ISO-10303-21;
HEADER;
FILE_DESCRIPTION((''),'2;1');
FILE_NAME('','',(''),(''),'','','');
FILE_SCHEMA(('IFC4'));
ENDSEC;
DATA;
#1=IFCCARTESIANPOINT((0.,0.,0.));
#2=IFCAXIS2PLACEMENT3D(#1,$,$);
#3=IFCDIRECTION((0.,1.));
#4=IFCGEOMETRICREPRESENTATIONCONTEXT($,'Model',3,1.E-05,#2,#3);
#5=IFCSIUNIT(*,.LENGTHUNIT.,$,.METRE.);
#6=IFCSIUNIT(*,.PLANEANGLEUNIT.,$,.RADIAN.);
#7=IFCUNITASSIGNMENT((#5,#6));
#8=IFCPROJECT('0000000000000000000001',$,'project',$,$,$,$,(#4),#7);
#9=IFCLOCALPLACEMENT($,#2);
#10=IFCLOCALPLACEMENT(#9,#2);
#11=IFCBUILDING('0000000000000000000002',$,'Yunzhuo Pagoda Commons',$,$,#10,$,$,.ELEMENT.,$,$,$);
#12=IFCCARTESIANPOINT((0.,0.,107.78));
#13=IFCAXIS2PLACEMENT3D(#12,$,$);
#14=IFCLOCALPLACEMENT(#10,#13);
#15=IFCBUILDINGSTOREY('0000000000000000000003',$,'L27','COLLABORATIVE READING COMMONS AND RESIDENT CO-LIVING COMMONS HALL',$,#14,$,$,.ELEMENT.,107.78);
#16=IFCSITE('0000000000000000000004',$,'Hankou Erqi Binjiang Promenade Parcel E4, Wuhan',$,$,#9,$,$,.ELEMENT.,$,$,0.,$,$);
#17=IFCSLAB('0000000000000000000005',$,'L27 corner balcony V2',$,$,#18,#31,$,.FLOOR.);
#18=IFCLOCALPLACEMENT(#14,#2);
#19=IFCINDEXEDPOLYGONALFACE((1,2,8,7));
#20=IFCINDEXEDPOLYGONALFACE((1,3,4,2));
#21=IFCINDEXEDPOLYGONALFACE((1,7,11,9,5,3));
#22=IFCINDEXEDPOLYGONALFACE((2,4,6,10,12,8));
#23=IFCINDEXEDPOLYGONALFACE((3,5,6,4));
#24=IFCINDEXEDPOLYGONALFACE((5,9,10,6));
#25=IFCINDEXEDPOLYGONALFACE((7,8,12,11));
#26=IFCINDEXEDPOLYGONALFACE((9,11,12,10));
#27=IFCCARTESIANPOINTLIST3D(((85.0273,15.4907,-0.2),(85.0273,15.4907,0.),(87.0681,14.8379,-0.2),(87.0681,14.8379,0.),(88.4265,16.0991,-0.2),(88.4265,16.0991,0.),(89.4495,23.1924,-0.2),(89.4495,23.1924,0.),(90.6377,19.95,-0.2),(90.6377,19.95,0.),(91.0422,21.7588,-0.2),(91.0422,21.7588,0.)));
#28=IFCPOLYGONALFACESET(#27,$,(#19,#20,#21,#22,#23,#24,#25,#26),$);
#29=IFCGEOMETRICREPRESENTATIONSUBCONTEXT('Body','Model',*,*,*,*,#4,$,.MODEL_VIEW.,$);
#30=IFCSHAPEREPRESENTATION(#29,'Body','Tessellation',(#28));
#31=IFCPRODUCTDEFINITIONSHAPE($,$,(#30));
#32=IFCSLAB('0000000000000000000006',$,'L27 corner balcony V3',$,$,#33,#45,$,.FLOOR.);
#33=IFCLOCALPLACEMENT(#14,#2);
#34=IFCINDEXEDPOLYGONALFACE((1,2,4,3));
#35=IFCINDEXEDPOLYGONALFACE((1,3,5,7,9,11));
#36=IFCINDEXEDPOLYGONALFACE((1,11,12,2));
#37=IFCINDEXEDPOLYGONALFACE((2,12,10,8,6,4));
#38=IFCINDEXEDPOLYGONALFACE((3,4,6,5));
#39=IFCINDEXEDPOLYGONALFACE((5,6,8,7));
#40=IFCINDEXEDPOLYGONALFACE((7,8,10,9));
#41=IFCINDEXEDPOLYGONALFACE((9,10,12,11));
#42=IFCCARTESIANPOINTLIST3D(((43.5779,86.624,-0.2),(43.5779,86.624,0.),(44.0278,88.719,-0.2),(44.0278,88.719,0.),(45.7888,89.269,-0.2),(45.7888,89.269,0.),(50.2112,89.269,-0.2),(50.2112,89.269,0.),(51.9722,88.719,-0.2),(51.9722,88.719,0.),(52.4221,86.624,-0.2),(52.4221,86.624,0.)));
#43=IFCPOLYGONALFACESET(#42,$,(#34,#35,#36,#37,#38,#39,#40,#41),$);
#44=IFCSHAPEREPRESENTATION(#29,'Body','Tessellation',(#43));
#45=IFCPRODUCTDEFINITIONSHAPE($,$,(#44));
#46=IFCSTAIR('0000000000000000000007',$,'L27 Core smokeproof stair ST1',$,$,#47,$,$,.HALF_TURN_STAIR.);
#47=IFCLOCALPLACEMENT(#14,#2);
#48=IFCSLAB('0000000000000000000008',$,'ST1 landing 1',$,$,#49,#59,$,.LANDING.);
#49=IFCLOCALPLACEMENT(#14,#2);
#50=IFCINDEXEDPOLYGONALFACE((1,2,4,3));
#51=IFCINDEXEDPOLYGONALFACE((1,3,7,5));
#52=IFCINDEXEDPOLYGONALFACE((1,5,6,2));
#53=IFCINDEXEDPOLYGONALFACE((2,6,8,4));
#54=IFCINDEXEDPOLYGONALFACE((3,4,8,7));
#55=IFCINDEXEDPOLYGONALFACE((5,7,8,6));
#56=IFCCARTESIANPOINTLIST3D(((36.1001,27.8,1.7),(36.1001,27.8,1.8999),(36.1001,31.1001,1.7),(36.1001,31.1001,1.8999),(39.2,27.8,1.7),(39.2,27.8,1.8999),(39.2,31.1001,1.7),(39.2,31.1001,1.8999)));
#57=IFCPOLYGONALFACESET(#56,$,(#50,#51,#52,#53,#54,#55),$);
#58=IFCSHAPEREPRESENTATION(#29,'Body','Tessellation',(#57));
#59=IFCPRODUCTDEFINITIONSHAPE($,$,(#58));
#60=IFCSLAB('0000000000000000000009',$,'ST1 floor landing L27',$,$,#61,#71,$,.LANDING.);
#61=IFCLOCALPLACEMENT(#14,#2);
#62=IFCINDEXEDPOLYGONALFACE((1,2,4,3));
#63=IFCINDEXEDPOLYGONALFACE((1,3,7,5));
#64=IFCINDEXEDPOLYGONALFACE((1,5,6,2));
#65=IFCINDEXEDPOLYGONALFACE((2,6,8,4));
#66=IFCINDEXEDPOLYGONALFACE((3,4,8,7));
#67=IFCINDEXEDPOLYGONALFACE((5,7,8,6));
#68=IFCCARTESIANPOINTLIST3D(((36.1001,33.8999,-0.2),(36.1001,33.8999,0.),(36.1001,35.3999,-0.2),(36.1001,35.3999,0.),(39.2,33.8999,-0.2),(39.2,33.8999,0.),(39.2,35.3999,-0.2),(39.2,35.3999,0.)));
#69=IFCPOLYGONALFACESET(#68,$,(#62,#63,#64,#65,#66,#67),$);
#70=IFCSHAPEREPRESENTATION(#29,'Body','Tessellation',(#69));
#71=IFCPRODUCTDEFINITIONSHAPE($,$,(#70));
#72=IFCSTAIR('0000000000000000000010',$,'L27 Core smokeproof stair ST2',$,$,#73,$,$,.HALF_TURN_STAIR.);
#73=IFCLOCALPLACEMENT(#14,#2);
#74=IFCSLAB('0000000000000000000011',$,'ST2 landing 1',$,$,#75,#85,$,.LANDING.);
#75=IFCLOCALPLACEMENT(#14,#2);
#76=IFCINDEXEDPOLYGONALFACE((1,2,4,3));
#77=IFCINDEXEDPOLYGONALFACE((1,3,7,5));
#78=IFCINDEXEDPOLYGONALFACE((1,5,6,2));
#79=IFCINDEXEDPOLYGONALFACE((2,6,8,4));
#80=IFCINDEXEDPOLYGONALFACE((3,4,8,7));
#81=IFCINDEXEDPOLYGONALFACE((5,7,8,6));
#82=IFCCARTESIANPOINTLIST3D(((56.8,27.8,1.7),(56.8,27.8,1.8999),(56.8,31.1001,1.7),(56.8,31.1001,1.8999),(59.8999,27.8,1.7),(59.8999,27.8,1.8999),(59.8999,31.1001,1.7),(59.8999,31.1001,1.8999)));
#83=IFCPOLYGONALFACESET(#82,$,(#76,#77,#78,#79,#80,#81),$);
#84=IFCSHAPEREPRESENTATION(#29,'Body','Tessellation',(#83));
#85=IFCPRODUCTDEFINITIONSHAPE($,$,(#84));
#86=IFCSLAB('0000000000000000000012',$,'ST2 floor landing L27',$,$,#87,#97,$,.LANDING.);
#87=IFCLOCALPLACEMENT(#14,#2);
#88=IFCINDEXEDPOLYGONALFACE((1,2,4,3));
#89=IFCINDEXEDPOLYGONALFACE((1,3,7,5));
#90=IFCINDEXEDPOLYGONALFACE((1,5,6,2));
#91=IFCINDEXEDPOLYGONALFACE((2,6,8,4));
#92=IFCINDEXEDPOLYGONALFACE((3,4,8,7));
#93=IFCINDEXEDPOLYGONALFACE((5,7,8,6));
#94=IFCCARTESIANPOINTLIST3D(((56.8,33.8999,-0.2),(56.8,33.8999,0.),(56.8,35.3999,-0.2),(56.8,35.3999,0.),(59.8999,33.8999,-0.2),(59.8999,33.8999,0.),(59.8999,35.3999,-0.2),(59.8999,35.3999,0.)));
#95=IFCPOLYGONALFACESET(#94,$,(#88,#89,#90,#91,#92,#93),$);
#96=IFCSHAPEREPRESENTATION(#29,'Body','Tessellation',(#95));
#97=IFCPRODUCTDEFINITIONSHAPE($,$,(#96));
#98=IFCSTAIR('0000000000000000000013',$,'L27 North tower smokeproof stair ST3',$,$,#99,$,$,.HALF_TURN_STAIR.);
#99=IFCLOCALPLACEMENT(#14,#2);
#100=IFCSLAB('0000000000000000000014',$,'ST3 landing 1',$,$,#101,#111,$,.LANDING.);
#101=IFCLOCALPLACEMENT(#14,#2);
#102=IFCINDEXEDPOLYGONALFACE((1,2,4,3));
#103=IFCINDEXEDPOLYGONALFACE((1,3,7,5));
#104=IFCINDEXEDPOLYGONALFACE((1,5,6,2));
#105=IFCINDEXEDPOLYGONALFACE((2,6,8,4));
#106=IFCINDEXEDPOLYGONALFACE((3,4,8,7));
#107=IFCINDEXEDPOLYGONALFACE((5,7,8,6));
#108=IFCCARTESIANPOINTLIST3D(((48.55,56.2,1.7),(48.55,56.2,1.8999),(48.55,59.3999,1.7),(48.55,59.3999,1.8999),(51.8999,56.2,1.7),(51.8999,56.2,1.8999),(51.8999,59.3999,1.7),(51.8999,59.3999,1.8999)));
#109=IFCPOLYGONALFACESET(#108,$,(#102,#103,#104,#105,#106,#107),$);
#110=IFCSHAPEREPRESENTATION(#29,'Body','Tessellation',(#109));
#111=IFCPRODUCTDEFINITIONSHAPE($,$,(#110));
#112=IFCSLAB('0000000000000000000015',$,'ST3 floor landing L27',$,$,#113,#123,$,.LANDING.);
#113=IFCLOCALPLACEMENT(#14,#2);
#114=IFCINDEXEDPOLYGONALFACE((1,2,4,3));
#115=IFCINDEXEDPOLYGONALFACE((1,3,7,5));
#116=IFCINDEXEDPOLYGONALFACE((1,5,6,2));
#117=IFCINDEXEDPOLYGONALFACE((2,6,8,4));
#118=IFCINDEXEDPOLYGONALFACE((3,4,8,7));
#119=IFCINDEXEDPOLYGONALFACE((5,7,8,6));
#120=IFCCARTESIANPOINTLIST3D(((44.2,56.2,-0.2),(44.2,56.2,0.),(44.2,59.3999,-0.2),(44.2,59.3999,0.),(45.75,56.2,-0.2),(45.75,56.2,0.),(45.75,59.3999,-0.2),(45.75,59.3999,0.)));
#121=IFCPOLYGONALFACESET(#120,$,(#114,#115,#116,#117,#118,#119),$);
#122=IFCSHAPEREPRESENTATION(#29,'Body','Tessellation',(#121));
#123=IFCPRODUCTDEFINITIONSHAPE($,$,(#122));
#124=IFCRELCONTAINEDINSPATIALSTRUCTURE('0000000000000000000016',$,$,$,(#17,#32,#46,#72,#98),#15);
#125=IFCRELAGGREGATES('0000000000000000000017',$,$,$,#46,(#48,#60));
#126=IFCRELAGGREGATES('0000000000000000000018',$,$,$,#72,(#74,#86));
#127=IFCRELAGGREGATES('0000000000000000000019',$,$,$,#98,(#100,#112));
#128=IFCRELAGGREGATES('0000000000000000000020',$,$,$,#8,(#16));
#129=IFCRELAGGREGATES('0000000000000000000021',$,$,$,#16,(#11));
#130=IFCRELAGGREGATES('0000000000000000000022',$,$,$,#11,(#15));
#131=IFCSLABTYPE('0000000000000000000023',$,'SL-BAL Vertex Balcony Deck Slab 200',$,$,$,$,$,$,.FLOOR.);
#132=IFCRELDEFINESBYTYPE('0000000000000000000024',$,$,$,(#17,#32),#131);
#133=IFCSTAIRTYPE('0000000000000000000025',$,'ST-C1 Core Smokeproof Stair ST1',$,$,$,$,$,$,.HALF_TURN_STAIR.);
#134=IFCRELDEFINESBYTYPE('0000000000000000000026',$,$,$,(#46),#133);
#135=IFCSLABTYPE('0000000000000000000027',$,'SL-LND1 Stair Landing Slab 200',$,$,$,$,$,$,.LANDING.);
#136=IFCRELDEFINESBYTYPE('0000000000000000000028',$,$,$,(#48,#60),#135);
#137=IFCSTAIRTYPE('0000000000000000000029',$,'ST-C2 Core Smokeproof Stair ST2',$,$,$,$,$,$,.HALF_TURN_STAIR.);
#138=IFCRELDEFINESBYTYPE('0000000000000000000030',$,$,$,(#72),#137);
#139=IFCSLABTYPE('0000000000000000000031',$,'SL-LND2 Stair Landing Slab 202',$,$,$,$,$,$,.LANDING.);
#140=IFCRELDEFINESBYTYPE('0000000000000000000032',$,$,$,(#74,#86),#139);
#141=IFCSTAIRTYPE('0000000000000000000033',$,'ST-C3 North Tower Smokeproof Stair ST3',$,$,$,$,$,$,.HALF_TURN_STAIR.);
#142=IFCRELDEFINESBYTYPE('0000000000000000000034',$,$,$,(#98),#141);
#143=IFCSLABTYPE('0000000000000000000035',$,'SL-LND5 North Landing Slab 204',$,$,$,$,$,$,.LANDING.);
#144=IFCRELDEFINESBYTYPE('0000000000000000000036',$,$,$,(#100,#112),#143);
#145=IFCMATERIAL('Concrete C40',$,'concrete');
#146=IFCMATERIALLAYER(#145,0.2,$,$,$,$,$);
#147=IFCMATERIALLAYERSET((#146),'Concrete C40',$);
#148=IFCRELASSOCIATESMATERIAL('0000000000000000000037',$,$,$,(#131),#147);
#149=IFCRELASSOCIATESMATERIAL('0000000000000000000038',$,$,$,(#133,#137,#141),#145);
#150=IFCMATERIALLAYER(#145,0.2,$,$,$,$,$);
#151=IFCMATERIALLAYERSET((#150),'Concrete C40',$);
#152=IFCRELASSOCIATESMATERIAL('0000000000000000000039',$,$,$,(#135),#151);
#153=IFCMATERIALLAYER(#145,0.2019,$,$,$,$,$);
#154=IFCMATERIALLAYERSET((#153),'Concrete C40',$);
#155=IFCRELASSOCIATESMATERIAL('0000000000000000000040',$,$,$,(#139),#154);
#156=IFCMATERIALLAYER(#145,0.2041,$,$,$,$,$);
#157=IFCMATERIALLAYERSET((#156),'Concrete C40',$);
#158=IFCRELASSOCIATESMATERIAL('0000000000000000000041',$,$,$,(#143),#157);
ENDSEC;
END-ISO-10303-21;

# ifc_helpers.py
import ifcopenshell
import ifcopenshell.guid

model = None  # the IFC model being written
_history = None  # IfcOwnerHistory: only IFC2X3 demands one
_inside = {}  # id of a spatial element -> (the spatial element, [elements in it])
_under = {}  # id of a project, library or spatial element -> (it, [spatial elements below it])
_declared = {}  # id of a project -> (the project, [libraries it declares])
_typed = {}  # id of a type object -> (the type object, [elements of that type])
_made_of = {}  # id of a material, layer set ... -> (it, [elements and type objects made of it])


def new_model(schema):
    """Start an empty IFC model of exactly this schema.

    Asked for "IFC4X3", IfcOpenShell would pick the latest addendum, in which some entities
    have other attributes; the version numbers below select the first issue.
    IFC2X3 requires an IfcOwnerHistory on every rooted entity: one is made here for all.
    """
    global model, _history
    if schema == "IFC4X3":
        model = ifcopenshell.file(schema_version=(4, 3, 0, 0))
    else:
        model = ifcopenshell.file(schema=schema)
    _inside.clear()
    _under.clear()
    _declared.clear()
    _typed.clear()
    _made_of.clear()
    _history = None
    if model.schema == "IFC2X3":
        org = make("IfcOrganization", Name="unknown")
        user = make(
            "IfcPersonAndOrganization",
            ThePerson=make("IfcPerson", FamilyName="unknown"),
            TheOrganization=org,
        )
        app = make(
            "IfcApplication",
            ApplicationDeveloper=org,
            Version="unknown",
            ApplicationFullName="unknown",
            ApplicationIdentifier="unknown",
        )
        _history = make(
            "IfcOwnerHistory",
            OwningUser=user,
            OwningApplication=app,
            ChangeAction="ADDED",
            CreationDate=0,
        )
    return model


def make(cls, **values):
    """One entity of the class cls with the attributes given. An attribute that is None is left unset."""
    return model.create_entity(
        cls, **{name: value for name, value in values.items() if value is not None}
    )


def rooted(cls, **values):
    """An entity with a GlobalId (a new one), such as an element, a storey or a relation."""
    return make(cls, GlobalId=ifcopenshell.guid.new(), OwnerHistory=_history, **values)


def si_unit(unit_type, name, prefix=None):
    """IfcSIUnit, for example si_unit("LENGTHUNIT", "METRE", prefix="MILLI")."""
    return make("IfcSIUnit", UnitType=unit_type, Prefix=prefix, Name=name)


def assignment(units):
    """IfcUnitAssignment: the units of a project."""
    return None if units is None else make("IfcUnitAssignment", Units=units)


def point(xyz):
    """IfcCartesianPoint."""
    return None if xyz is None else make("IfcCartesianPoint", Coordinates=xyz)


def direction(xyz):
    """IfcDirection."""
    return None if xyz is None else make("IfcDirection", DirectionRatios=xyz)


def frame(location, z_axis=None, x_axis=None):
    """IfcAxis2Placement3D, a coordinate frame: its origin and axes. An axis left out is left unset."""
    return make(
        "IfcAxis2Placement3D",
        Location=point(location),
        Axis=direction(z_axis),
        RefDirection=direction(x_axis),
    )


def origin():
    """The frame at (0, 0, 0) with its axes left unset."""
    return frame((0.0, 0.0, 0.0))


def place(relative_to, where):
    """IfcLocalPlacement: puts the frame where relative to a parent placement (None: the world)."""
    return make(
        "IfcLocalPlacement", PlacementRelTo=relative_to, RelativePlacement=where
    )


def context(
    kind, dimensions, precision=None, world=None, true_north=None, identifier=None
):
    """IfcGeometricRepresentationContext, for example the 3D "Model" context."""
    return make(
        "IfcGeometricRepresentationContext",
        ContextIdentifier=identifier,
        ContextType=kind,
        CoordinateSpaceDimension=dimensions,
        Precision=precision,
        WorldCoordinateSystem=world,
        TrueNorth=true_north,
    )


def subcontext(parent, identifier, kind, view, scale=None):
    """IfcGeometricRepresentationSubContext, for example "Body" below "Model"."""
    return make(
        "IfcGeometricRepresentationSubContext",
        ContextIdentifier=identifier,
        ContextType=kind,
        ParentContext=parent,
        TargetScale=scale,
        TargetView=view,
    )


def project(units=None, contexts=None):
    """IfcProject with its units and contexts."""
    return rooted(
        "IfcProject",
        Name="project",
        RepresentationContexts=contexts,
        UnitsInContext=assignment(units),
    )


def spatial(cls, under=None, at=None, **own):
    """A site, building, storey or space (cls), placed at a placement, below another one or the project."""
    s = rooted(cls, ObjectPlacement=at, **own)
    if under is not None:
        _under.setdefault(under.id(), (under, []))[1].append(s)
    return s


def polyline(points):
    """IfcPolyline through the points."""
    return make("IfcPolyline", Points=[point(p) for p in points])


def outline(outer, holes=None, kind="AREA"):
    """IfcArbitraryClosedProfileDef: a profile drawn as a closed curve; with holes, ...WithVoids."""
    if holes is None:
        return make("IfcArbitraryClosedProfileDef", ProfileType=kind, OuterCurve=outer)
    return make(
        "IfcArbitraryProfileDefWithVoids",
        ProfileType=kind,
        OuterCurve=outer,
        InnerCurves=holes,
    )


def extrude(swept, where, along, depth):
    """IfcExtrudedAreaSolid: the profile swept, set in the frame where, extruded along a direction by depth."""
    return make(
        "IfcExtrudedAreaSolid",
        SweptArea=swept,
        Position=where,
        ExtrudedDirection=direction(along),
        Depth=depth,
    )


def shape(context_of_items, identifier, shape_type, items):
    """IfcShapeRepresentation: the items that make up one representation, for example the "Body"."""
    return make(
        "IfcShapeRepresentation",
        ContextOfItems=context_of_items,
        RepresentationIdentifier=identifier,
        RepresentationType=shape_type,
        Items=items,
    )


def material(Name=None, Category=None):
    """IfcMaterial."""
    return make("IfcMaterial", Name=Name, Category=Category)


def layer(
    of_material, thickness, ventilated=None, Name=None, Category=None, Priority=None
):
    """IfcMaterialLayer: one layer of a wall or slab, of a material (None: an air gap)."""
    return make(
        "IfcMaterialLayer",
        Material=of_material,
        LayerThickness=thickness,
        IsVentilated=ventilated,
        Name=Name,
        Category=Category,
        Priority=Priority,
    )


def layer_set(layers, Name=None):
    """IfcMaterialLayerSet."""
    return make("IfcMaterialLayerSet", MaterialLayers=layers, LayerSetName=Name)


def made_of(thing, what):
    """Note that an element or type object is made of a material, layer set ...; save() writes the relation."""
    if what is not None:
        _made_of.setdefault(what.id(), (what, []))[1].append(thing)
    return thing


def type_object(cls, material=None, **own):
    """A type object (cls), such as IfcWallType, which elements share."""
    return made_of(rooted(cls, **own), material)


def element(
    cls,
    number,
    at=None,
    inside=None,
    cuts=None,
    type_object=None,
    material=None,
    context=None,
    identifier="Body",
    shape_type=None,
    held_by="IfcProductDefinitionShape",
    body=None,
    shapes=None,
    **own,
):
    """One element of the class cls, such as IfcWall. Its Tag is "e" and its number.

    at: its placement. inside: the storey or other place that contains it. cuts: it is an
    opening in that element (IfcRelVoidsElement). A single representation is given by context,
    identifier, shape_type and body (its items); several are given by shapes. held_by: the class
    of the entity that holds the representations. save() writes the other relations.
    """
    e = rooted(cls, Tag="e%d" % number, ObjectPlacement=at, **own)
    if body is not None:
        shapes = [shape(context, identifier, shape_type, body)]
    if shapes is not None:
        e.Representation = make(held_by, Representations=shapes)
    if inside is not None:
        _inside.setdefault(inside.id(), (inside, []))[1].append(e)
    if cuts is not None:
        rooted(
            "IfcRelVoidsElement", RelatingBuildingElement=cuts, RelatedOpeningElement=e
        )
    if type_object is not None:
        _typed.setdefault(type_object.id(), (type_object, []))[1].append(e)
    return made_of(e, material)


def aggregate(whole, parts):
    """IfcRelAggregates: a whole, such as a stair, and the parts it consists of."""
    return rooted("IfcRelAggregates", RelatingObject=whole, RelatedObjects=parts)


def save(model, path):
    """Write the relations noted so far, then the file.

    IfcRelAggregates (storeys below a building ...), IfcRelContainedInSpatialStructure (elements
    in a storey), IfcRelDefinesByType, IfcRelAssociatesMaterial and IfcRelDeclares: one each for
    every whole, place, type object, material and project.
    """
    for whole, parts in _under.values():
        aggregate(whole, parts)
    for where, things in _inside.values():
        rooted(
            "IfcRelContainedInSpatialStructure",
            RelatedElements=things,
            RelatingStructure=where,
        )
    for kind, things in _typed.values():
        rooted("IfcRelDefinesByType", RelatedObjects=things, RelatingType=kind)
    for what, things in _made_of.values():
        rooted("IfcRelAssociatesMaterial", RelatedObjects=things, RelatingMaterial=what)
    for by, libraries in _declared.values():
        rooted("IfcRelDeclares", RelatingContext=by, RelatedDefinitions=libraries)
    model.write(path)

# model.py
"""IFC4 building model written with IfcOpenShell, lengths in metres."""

from ifc_helpers import new_model, si_unit, direction, frame, origin, place, context, subcontext, project, spatial, polyline, outline, extrude, material, layer, layer_set, type_object, element, aggregate, save


model = new_model("IFC4")

# Units and contexts
model_context = context("Model", 3, precision=1e-05, world=origin(), true_north=direction((0.0, 1.0)))
body_context = subcontext(model_context, "Body", "Model", "MODEL_VIEW")
ifc_project = project(units=[si_unit("LENGTHUNIT", "METRE"), si_unit("PLANEANGLEUNIT", "RADIAN")], contexts=[model_context])

# Site, building, storey
site_placement = place(None, origin())
site = spatial("IfcSite", under=ifc_project, at=site_placement, Name="Hankou Erqi Binjiang Promenade Parcel E4, Wuhan", CompositionType="ELEMENT", RefElevation=0.0)
building_placement = place(site_placement, origin())
building = spatial("IfcBuilding", under=site, at=building_placement, Name="Yunzhuo Pagoda Commons", CompositionType="ELEMENT")
storey_placement = place(building_placement, frame((0.0, 0.0, 107.78)))
storey = spatial("IfcBuildingStorey", under=building, at=storey_placement, Name="L27", Description="COLLABORATIVE READING COMMONS AND RESIDENT CO-LIVING COMMONS HALL", CompositionType="ELEMENT", Elevation=107.78)

# Slabs
ifc_material_1 = material(Name="Concrete C40", Category="concrete")
ifc_layer_1 = layer(ifc_material_1, 0.2)
ifc_layer_set_1 = layer_set([ifc_layer_1], Name="Concrete C40")
slab_type_1 = type_object("IfcSlabType", Name="SL-BAL Vertex Balcony Deck Slab 200", PredefinedType="FLOOR", material=ifc_layer_set_1)
slab_1_placement = place(storey_placement, frame((0.0, 0.0, -0.2)))
element("IfcSlab", 1, at=slab_1_placement, inside=storey, type_object=slab_type_1, Name="L27 corner balcony V2", PredefinedType="FLOOR", context=body_context, shape_type="SweptSolid", body=[
    extrude(outline(polyline([(85.0273, 15.4907), (89.4495, 23.1924), (91.0422, 21.7588), (90.6377, 19.95), (88.4265, 16.0991), (87.0681, 14.8379), (85.0273, 15.4907)])), origin(), (0.0, 0.0, 1.0), 0.2),
])
slab_2_placement = place(storey_placement, frame((0.0, 0.0, -0.2)))
element("IfcSlab", 2, at=slab_2_placement, inside=storey, type_object=slab_type_1, Name="L27 corner balcony V3", PredefinedType="FLOOR", context=body_context, shape_type="SweptSolid", body=[
    extrude(outline(polyline([(52.4221, 86.624), (43.5779, 86.624), (44.0278, 88.719), (45.7888, 89.269), (50.2112, 89.269), (51.9722, 88.719), (52.4221, 86.624)])), origin(), (0.0, 0.0, 1.0), 0.2),
])

# Stairs, slabs
stair_type_1 = type_object("IfcStairType", Name="ST-C1 Core Smokeproof Stair ST1", PredefinedType="HALF_TURN_STAIR", material=ifc_material_1)
stair_1_placement = place(storey_placement, origin())
stair_1 = element("IfcStair", 3, at=stair_1_placement, inside=storey, type_object=stair_type_1, Name="L27 Core smokeproof stair ST1", PredefinedType="HALF_TURN_STAIR")
ifc_layer_2 = layer(ifc_material_1, 0.2)
ifc_layer_set_2 = layer_set([ifc_layer_2], Name="Concrete C40")
slab_type_2 = type_object("IfcSlabType", Name="SL-LND1 Stair Landing Slab 200", PredefinedType="LANDING", material=ifc_layer_set_2)
slab_3_placement = place(storey_placement, frame((0.0, 0.0, 1.7)))
slab_3 = element("IfcSlab", 4, at=slab_3_placement, type_object=slab_type_2, Name="ST1 landing 1", PredefinedType="LANDING", context=body_context, shape_type="SweptSolid", body=[
    extrude(outline(polyline([(36.1001, 31.1001), (36.1001, 27.8), (39.2, 27.8), (39.2, 31.1001), (36.1001, 31.1001)])), origin(), (0.0, 0.0, 1.0), 0.2),
])
slab_4_placement = place(storey_placement, frame((0.0, 0.0, -0.2)))
slab_4 = element("IfcSlab", 5, at=slab_4_placement, type_object=slab_type_2, Name="ST1 floor landing L27", PredefinedType="LANDING", context=body_context, shape_type="SweptSolid", body=[
    extrude(outline(polyline([(36.1001, 35.3999), (36.1001, 33.8999), (39.2, 33.8999), (39.2, 35.3999), (36.1001, 35.3999)])), origin(), (0.0, 0.0, 1.0), 0.2),
])
aggregate(stair_1, [slab_3, slab_4])
stair_type_2 = type_object("IfcStairType", Name="ST-C2 Core Smokeproof Stair ST2", PredefinedType="HALF_TURN_STAIR", material=ifc_material_1)
stair_2_placement = place(storey_placement, origin())
stair_2 = element("IfcStair", 6, at=stair_2_placement, inside=storey, type_object=stair_type_2, Name="L27 Core smokeproof stair ST2", PredefinedType="HALF_TURN_STAIR")
ifc_layer_3 = layer(ifc_material_1, 0.2019)
ifc_layer_set_3 = layer_set([ifc_layer_3], Name="Concrete C40")
slab_type_3 = type_object("IfcSlabType", Name="SL-LND2 Stair Landing Slab 202", PredefinedType="LANDING", material=ifc_layer_set_3)
slab_5_placement = place(storey_placement, frame((0.0, 0.0, 1.7)))
slab_5 = element("IfcSlab", 7, at=slab_5_placement, type_object=slab_type_3, Name="ST2 landing 1", PredefinedType="LANDING", context=body_context, shape_type="SweptSolid", body=[
    extrude(outline(polyline([(56.8, 31.1001), (56.8, 27.8), (59.8999, 27.8), (59.8999, 31.1001), (56.8, 31.1001)])), origin(), (0.0, 0.0, 1.0), 0.2),
])
slab_6_placement = place(storey_placement, frame((0.0, 0.0, -0.2)))
slab_6 = element("IfcSlab", 8, at=slab_6_placement, type_object=slab_type_3, Name="ST2 floor landing L27", PredefinedType="LANDING", context=body_context, shape_type="SweptSolid", body=[
    extrude(outline(polyline([(56.8, 35.3999), (56.8, 33.8999), (59.8999, 33.8999), (59.8999, 35.3999), (56.8, 35.3999)])), origin(), (0.0, 0.0, 1.0), 0.2),
])
aggregate(stair_2, [slab_5, slab_6])
stair_type_3 = type_object("IfcStairType", Name="ST-C3 North Tower Smokeproof Stair ST3", PredefinedType="HALF_TURN_STAIR", material=ifc_material_1)
stair_3_placement = place(storey_placement, origin())
stair_3 = element("IfcStair", 9, at=stair_3_placement, inside=storey, type_object=stair_type_3, Name="L27 North tower smokeproof stair ST3", PredefinedType="HALF_TURN_STAIR")
ifc_layer_4 = layer(ifc_material_1, 0.2041)
ifc_layer_set_4 = layer_set([ifc_layer_4], Name="Concrete C40")
slab_type_4 = type_object("IfcSlabType", Name="SL-LND5 North Landing Slab 204", PredefinedType="LANDING", material=ifc_layer_set_4)
slab_7_placement = place(storey_placement, frame((0.0, 0.0, 1.7)))
slab_7 = element("IfcSlab", 10, at=slab_7_placement, type_object=slab_type_4, Name="ST3 landing 1", PredefinedType="LANDING", context=body_context, shape_type="SweptSolid", body=[
    extrude(outline(polyline([(48.55, 56.2), (51.8999, 56.2), (51.8999, 59.3999), (48.55, 59.3999), (48.55, 56.2)])), origin(), (0.0, 0.0, 1.0), 0.2),
])
slab_8_placement = place(storey_placement, frame((0.0, 0.0, -0.2)))
slab_8 = element("IfcSlab", 11, at=slab_8_placement, type_object=slab_type_4, Name="ST3 floor landing L27", PredefinedType="LANDING", context=body_context, shape_type="SweptSolid", body=[
    extrude(outline(polyline([(44.2, 56.2), (45.75, 56.2), (45.75, 59.3999), (44.2, 59.3999), (44.2, 56.2)])), origin(), (0.0, 0.0, 1.0), 0.2),
])
aggregate(stair_3, [slab_7, slab_8])

save(model, "model.ifc")
